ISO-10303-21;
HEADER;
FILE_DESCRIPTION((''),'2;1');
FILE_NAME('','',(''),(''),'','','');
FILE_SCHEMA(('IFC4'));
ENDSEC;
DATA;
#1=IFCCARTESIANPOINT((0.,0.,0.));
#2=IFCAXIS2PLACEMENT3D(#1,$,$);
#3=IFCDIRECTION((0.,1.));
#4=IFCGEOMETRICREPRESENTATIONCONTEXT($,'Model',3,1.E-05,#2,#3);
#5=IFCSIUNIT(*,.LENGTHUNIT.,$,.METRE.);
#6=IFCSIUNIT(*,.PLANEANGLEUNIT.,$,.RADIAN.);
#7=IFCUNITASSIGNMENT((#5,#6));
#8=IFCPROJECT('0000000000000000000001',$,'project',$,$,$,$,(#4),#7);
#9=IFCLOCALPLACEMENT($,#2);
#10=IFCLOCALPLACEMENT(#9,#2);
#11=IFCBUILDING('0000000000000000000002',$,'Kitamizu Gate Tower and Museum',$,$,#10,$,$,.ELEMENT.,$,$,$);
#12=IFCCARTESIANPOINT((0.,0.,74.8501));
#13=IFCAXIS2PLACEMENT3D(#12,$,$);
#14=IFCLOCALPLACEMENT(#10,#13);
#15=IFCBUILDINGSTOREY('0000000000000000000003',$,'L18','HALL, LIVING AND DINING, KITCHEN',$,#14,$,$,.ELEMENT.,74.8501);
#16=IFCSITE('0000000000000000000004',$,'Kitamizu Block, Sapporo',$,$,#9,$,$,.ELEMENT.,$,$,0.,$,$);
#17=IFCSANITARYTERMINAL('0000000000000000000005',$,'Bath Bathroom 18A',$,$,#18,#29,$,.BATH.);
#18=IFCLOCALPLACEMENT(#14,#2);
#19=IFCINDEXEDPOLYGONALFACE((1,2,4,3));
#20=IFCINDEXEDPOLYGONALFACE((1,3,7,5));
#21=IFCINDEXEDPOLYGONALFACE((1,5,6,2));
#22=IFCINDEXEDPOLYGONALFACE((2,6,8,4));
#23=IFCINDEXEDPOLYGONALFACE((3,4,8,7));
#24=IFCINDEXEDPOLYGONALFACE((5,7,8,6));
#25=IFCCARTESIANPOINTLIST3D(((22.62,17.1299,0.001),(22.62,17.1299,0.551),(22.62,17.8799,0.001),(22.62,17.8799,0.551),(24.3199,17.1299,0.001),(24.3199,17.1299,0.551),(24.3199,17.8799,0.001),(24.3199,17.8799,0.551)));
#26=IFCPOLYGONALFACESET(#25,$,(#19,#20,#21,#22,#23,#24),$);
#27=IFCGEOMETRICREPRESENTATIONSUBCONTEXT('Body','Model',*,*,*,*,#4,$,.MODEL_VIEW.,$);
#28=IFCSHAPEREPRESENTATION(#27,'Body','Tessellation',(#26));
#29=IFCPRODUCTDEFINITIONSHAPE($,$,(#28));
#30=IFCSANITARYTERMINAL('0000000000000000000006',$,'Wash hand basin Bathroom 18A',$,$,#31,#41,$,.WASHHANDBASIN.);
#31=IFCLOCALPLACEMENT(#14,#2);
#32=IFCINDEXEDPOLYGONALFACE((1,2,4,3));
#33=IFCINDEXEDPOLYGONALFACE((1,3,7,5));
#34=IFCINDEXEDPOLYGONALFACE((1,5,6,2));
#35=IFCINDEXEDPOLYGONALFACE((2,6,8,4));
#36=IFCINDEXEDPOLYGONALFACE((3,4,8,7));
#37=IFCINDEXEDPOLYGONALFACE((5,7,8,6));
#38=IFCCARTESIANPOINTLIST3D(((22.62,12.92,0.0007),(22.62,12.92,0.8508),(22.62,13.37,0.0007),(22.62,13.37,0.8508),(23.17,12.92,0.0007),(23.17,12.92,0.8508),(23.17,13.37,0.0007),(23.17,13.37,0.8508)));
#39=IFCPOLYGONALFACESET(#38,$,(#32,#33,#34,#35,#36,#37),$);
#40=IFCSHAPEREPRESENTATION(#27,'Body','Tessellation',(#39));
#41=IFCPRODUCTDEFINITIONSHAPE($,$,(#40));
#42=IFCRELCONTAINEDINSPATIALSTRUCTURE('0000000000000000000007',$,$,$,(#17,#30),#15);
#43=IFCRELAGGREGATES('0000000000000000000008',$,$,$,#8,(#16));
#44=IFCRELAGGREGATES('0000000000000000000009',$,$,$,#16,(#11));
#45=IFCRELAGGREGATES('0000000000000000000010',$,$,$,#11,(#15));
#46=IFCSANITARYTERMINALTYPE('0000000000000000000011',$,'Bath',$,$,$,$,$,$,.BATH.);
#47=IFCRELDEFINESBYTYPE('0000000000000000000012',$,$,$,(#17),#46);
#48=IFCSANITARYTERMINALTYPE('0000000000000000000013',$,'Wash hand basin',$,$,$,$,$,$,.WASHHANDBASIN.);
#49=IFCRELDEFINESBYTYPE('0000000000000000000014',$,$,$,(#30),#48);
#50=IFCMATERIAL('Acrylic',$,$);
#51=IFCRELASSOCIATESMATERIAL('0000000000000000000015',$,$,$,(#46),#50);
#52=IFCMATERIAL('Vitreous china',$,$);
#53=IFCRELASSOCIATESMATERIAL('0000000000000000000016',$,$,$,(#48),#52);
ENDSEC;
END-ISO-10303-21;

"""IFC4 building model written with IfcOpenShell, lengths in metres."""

from ifc_helpers import new_model, si_unit, direction, frame, origin, origin_2d, place, context, subcontext, project, spatial, rectangle, extrude, material, type_object, element, save


model = new_model("IFC4")

# Units and contexts
model_context = context("Model", 3, precision=1e-05, world=origin(), true_north=direction((0.0, 1.0)))
body_context = subcontext(model_context, "Body", "Model", "MODEL_VIEW")
ifc_project = project(units=[si_unit("LENGTHUNIT", "METRE"), si_unit("PLANEANGLEUNIT", "RADIAN")], contexts=[model_context])

# Site, building, storey
site_placement = place(None, origin())
site = spatial("IfcSite", under=ifc_project, at=site_placement, Name="Kitamizu Block, Sapporo", CompositionType="ELEMENT", RefElevation=0.0)
building_placement = place(site_placement, origin())
building = spatial("IfcBuilding", under=site, at=building_placement, Name="Kitamizu Gate Tower and Museum", CompositionType="ELEMENT")
storey_placement = place(building_placement, frame((0.0, 0.0, 74.8501)))
storey = spatial("IfcBuildingStorey", under=building, at=storey_placement, Name="L18", Description="HALL, LIVING AND DINING, KITCHEN", CompositionType="ELEMENT", Elevation=74.8501)

# Sanitary terminals
ifc_material_1 = material(Name="Acrylic")
sanitary_terminal_type_1 = type_object("IfcSanitaryTerminalType", Name="Bath", PredefinedType="BATH", material=ifc_material_1)
sanitary_terminal_1_placement = place(storey_placement, frame((23.47, 17.5049, 0.001), z_axis=(0.0, 0.0, 1.0), x_axis=(1.0, 0.0, 0.0)))
element("IfcSanitaryTerminal", 1, at=sanitary_terminal_1_placement, inside=storey, type_object=sanitary_terminal_type_1, Name="Bath Bathroom 18A", PredefinedType="BATH", context=body_context, shape_type="SweptSolid", body=[
    extrude(rectangle(XDim=1.7, YDim=0.75, at=origin_2d()), origin(), (0.0, 0.0, 1.0), 0.55),
])
ifc_material_2 = material(Name="Vitreous china")
sanitary_terminal_type_2 = type_object("IfcSanitaryTerminalType", Name="Wash hand basin", PredefinedType="WASHHANDBASIN", material=ifc_material_2)
sanitary_terminal_2_placement = place(storey_placement, frame((22.895, 13.145, 0.0007), z_axis=(0.0, 0.0, 1.0), x_axis=(1.0, 0.0, 0.0)))
element("IfcSanitaryTerminal", 2, at=sanitary_terminal_2_placement, inside=storey, type_object=sanitary_terminal_type_2, Name="Wash hand basin Bathroom 18A", PredefinedType="WASHHANDBASIN", context=body_context, shape_type="SweptSolid", body=[
    extrude(rectangle(XDim=0.55, YDim=0.45, at=origin_2d()), origin(), (0.0, 0.0, 1.0), 0.8501),
])

save(model, "model.ifc")
